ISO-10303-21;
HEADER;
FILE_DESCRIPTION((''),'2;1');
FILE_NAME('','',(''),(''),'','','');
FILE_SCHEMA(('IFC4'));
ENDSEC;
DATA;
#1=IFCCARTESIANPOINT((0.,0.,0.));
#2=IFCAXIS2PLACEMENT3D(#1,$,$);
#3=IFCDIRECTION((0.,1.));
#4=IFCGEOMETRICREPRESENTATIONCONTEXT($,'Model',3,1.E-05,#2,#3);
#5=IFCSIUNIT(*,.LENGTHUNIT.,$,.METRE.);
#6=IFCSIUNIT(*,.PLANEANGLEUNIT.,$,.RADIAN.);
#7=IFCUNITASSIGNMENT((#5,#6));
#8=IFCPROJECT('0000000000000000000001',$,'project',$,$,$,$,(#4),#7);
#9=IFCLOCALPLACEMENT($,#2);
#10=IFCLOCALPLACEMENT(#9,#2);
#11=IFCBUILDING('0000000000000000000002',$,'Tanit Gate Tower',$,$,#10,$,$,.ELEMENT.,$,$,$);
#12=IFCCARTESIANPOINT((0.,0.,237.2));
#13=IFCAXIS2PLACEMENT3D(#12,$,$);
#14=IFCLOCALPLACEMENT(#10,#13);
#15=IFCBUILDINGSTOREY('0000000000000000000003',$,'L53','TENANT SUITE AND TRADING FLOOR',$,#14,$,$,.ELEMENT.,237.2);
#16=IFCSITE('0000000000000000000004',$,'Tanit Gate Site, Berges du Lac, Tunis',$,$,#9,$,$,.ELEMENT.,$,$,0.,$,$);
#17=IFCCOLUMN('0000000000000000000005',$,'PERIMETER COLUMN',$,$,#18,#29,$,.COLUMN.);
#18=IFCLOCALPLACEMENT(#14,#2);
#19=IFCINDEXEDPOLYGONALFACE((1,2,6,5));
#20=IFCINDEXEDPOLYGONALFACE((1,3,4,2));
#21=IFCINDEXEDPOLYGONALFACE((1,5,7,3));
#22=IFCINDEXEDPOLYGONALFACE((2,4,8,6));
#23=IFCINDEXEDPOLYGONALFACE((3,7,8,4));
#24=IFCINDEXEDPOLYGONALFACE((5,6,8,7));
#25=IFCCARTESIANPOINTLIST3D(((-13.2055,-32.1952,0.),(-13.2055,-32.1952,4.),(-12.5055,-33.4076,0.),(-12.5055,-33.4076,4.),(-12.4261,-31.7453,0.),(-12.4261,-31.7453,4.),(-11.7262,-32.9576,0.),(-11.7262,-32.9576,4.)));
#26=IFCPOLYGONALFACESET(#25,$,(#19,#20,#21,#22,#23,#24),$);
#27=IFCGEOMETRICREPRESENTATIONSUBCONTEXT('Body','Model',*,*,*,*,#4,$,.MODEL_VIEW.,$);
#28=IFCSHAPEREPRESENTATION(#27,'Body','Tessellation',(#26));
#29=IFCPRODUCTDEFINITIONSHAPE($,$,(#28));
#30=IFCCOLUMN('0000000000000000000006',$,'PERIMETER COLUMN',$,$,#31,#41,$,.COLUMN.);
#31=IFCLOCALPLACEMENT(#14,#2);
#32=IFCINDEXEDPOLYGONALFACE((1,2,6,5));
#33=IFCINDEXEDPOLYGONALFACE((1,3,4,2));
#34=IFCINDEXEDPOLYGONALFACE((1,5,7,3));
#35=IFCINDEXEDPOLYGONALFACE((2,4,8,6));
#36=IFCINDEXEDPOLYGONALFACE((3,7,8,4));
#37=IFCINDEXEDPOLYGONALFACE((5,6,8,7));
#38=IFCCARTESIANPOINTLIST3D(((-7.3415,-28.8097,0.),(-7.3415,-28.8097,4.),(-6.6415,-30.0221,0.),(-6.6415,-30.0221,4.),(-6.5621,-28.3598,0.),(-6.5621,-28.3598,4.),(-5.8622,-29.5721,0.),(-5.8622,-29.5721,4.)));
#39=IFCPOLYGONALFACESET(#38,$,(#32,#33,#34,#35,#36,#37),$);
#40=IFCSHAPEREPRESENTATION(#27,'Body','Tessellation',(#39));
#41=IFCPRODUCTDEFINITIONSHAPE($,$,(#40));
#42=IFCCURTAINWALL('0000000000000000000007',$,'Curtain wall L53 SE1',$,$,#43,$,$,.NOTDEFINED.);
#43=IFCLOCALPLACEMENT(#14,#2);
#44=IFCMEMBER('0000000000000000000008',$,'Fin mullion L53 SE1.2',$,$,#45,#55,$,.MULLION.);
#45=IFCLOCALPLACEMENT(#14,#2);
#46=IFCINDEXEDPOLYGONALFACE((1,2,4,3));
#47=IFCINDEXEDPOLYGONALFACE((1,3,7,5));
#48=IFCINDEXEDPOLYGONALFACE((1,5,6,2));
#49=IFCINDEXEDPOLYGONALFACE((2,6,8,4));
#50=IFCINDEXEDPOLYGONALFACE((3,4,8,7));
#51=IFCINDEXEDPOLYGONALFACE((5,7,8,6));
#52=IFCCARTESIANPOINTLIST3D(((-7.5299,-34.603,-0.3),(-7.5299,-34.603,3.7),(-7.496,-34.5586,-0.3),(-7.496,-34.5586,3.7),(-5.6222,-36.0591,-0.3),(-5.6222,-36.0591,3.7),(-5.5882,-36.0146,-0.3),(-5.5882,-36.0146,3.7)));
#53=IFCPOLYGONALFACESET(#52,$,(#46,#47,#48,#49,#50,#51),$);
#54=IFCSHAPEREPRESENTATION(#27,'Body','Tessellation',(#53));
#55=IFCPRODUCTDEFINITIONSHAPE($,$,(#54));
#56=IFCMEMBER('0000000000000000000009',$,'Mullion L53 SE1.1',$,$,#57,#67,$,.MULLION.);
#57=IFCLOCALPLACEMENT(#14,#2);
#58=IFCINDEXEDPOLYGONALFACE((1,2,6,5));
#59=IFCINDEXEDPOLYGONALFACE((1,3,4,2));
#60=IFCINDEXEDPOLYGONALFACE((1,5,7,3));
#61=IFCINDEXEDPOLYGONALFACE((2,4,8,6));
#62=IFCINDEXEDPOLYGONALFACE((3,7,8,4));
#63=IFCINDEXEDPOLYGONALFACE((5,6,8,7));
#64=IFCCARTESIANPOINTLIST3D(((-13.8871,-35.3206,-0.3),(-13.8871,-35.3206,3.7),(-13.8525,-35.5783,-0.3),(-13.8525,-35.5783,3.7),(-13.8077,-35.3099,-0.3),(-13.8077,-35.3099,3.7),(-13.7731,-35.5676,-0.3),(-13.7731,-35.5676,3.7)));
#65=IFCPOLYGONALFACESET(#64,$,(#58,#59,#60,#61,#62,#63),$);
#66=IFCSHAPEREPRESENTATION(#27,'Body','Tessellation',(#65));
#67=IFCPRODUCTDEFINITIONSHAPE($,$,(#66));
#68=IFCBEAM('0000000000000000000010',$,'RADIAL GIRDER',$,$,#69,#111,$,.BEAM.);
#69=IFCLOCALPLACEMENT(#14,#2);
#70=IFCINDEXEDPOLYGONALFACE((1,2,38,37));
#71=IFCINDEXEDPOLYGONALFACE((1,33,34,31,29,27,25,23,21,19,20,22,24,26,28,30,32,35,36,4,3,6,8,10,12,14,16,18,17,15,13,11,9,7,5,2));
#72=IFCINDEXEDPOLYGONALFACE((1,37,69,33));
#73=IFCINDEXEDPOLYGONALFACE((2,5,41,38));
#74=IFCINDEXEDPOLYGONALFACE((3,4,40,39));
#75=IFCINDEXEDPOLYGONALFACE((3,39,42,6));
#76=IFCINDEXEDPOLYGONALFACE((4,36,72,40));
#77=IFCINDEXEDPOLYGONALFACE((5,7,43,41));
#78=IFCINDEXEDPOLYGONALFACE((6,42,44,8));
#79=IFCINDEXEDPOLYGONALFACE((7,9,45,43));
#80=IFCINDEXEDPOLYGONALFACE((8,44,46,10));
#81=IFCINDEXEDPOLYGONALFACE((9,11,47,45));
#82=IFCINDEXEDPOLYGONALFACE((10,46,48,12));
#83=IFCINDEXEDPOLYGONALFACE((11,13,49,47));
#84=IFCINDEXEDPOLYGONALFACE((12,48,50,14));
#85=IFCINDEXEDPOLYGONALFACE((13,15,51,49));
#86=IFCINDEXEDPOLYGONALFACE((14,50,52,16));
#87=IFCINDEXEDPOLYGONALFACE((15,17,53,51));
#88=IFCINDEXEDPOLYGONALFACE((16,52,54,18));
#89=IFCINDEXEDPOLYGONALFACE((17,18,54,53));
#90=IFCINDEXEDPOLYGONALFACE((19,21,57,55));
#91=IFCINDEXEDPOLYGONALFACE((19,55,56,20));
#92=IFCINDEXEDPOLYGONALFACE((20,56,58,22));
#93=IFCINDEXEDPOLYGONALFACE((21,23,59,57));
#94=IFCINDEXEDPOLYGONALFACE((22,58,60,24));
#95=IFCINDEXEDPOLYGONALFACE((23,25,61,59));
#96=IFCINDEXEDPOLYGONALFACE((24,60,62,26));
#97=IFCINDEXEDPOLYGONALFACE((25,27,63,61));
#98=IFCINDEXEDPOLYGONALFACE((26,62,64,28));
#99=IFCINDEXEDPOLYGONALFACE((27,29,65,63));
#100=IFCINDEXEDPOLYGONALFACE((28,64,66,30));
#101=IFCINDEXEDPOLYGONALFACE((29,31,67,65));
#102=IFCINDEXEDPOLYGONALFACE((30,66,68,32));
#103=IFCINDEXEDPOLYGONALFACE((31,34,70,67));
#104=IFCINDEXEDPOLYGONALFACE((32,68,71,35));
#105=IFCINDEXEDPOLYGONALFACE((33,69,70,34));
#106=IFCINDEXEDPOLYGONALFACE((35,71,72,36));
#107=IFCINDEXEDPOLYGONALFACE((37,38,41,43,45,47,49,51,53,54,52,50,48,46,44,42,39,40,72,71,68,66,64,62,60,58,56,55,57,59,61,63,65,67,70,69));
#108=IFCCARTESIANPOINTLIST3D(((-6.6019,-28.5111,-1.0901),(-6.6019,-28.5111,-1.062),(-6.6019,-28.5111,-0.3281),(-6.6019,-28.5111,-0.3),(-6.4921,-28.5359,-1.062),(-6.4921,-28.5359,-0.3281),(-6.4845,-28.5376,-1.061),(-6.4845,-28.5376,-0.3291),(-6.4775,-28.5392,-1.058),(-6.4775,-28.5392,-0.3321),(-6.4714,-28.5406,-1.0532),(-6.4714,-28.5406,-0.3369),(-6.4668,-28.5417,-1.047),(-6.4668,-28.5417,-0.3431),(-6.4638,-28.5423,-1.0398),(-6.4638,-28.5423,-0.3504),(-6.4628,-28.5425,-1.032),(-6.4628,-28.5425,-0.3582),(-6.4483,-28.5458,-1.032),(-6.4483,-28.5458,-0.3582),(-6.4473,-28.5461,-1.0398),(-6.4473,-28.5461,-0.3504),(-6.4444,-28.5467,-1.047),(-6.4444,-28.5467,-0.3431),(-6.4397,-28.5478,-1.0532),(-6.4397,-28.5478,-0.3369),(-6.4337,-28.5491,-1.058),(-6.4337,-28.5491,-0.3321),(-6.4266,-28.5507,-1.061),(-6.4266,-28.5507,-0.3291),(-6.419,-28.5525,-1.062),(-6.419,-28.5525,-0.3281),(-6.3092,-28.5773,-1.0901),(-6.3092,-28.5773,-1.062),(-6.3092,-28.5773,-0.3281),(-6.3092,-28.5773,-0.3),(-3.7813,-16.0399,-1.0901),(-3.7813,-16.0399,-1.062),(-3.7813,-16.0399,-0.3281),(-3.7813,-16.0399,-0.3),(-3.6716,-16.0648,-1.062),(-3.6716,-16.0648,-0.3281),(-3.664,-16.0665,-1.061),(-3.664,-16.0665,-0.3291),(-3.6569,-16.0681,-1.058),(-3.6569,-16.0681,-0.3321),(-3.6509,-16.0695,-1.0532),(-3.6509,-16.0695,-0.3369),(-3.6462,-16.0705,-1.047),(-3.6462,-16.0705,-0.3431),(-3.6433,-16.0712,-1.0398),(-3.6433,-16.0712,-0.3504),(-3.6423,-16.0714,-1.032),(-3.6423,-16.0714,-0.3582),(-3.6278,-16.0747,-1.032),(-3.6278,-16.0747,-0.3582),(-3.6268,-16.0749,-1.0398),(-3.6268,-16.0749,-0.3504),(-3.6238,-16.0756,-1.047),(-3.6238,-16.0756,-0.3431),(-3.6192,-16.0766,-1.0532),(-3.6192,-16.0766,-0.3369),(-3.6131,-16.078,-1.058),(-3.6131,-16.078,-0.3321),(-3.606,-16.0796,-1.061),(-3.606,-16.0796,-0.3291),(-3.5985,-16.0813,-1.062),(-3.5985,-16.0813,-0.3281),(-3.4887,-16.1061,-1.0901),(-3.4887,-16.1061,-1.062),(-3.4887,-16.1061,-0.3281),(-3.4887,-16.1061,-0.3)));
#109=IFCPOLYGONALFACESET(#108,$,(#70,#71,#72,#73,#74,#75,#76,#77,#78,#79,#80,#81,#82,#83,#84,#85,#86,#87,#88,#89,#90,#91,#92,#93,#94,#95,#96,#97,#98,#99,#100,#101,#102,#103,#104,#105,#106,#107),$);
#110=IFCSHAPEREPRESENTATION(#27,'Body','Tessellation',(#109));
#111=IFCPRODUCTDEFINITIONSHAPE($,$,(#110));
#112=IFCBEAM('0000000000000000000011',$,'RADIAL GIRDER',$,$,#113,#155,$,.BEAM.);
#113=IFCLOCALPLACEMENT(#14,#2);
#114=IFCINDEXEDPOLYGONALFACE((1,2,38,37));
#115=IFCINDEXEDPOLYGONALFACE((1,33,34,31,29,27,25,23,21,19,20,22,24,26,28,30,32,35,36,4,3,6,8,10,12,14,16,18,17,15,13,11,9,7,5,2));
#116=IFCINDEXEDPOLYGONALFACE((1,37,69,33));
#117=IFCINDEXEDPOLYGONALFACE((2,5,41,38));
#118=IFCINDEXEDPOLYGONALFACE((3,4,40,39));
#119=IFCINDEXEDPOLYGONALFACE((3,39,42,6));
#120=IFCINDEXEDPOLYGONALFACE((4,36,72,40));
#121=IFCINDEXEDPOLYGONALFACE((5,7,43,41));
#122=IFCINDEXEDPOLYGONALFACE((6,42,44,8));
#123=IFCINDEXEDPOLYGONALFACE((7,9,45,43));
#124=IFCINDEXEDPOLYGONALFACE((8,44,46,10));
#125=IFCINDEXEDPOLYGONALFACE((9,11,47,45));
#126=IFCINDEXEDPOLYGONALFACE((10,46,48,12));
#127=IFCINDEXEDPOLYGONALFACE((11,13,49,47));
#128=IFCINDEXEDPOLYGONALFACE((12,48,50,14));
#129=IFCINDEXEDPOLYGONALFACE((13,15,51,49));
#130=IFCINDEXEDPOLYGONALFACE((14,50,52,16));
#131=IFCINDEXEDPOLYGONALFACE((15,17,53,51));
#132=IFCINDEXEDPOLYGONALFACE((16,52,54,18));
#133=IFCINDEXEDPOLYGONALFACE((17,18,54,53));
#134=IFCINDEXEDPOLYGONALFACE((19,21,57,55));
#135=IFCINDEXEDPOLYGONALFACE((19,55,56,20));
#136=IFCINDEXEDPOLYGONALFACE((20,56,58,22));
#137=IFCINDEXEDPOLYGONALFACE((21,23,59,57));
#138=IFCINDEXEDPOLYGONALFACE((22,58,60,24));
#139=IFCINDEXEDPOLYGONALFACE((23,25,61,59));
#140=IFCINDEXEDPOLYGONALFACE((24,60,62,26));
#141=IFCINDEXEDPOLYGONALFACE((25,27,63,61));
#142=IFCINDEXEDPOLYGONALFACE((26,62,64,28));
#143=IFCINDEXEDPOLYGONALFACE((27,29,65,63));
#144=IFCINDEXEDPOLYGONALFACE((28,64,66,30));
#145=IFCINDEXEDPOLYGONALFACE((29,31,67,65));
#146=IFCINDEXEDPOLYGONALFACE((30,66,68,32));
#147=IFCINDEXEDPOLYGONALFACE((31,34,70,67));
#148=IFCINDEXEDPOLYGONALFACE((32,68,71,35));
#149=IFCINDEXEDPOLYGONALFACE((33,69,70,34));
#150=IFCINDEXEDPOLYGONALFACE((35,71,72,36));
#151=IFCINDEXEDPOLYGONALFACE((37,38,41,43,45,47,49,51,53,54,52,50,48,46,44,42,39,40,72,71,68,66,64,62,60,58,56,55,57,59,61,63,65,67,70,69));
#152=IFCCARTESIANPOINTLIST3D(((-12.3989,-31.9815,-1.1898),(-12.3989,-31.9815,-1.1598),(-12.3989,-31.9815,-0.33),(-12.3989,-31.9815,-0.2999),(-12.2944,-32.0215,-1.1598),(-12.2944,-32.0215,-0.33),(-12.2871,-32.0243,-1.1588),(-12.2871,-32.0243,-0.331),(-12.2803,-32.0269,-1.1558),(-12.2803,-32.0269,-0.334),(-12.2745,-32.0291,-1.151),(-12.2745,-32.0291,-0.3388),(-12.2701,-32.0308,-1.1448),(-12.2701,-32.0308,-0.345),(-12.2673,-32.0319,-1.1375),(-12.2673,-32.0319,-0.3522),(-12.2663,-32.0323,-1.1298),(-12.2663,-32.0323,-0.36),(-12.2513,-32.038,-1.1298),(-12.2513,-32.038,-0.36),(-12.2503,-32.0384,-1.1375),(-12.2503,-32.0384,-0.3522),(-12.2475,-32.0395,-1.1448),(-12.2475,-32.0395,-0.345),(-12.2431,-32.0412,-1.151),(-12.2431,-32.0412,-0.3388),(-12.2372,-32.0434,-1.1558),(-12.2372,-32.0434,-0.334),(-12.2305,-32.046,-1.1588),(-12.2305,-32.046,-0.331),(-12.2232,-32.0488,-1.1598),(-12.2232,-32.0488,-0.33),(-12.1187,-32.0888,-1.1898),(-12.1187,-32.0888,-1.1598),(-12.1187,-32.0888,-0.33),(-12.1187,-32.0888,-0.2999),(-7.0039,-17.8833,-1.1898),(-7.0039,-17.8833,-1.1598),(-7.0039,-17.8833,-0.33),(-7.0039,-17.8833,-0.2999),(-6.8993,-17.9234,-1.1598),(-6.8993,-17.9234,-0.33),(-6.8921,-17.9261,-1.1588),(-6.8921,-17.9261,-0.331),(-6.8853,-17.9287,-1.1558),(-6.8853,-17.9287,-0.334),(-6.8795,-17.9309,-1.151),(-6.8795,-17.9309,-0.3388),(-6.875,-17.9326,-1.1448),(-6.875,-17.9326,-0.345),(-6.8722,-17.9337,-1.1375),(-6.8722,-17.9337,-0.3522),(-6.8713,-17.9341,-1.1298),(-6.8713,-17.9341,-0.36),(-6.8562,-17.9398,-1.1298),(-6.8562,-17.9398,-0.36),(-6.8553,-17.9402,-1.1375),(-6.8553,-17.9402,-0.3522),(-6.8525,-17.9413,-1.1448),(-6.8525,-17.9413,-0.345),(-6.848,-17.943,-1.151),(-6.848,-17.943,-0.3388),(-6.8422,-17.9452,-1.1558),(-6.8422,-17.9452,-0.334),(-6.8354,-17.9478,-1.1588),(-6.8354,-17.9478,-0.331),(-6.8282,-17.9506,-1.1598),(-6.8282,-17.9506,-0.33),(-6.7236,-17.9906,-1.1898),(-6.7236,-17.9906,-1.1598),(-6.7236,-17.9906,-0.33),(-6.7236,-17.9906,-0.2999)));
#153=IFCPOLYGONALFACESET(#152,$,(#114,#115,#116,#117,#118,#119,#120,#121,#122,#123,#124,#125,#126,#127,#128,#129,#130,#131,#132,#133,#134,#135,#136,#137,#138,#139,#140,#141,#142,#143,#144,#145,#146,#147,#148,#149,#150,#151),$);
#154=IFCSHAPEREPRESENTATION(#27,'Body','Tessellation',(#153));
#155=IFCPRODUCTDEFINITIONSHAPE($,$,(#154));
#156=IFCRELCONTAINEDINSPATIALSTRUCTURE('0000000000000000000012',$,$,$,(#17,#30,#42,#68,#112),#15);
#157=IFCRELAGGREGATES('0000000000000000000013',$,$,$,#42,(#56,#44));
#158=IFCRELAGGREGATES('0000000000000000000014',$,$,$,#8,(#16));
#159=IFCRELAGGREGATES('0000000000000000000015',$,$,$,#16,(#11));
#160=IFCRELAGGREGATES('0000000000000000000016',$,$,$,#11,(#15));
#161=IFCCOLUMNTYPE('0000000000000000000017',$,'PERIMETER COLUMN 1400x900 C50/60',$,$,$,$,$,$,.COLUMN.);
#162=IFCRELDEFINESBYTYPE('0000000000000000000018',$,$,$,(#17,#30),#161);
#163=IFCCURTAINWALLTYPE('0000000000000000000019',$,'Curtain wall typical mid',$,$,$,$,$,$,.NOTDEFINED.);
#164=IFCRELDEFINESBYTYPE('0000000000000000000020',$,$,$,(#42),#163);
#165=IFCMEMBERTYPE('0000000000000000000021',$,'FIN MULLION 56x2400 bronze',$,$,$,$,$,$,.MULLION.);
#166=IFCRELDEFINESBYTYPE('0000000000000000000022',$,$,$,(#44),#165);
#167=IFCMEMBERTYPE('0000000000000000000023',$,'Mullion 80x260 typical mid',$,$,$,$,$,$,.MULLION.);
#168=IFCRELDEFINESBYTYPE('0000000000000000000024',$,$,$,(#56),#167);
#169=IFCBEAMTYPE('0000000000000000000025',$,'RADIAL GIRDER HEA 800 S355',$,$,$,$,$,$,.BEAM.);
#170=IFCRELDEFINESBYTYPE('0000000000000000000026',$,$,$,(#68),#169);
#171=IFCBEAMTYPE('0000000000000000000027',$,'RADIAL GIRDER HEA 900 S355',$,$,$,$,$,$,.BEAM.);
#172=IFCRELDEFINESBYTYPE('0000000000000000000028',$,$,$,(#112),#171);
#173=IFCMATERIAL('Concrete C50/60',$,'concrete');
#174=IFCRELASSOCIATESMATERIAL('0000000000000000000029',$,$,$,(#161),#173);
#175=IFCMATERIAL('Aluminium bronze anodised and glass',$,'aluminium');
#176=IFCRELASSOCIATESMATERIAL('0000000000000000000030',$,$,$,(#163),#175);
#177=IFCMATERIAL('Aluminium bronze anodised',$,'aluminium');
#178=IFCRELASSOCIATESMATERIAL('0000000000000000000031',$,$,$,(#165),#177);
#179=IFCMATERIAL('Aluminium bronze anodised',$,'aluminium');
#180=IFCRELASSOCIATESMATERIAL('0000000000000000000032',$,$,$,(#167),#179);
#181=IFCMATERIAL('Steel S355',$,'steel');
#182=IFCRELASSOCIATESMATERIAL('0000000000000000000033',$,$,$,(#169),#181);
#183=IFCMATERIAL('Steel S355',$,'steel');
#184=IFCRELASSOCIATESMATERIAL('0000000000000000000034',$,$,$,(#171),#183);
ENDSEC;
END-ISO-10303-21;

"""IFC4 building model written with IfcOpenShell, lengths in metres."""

from ifc_helpers import new_model, si_unit, direction, frame, origin, origin_2d, place, context, subcontext, project, spatial, rectangle, i_section, extrude, material, material_profile, profile_set, type_object, element, aggregate, save


model = new_model("IFC4")

# Units and contexts
model_context = context("Model", 3, precision=1e-05, world=origin(), true_north=direction((0.0, 1.0)))
body_context = subcontext(model_context, "Body", "Model", "MODEL_VIEW")
ifc_project = project(units=[si_unit("LENGTHUNIT", "METRE"), si_unit("PLANEANGLEUNIT", "RADIAN")], contexts=[model_context])

# Site, building, storey
site_placement = place(None, origin())
site = spatial("IfcSite", under=ifc_project, at=site_placement, Name="Tanit Gate Site, Berges du Lac, Tunis", CompositionType="ELEMENT", RefElevation=0.0)
building_placement = place(site_placement, origin())
building = spatial("IfcBuilding", under=site, at=building_placement, Name="Tanit Gate Tower", CompositionType="ELEMENT")
storey_placement = place(building_placement, frame((0.0, 0.0, 237.2)))
storey = spatial("IfcBuildingStorey", under=building, at=storey_placement, Name="L53", Description="TENANT SUITE AND TRADING FLOOR", CompositionType="ELEMENT", Elevation=237.2)

# Columns
ifc_material_1 = material(Name="Concrete C50/60", Category="concrete")
ifc_material_profile_1 = material_profile(ifc_material_1, rectangle(XDim=1.3999, YDim=0.8999, at=origin_2d()), Name="RC 1400x900")
ifc_profile_set_1 = profile_set([ifc_material_profile_1], Name="Concrete C50/60")
column_type = type_object("IfcColumnType", Name="PERIMETER COLUMN 1400x900 C50/60", PredefinedType="COLUMN", material=ifc_profile_set_1)
for number, where, z_axis, x_axis, name in (
    (1, (-12.4658, -32.5764, 0.0), (0.0, 0.0, 1.0), (0.5, -0.866025, 0.0), "PERIMETER COLUMN"),
    (2, (-6.6018, -29.1909, 0.0), (0.0, 0.0, 1.0), (0.5, -0.866025, 0.0), "PERIMETER COLUMN"),
):
    element("IfcColumn", number, at=place(storey_placement, frame(where, z_axis=z_axis, x_axis=x_axis)), inside=storey, type_object=column_type, Name=name, PredefinedType="COLUMN", context=body_context, shape_type="SweptSolid", body=[
        extrude(rectangle(XDim=1.3999, YDim=0.8999, at=origin_2d()), origin(), (0.0, 0.0, 1.0), 4.0),
    ])

# Curtain wall, members
ifc_material_2 = material(Name="Aluminium bronze anodised and glass", Category="aluminium")
curtain_wall_type = type_object("IfcCurtainWallType", Name="Curtain wall typical mid", PredefinedType="NOTDEFINED", material=ifc_material_2)
curtain_wall_placement = place(storey_placement, origin())
curtain_wall = element("IfcCurtainWall", 3, at=curtain_wall_placement, inside=storey, type_object=curtain_wall_type, Name="Curtain wall L53 SE1", PredefinedType="NOTDEFINED")
ifc_material_3 = material(Name="Aluminium bronze anodised", Category="aluminium")
ifc_material_profile_2 = material_profile(ifc_material_3, rectangle(XDim=2.3999, YDim=0.0559, at=origin_2d()), Name="56x2400 bronze fin mullion")
ifc_profile_set_2 = profile_set([ifc_material_profile_2], Name="Aluminium bronze anodised")
member_type_1 = type_object("IfcMemberType", Name="FIN MULLION 56x2400 bronze", PredefinedType="MULLION", material=ifc_profile_set_2)
member_1_placement = place(storey_placement, frame((-6.5591, -35.3088, -0.3), z_axis=(0.0, 0.0, 1.0), x_axis=(-0.794927, 0.606705, 0.0)))
member_1 = element("IfcMember", 4, at=member_1_placement, type_object=member_type_1, Name="Fin mullion L53 SE1.2", PredefinedType="MULLION", context=body_context, shape_type="SweptSolid", body=[
    extrude(rectangle(XDim=2.3999, YDim=0.0559, at=origin_2d()), origin(), (0.0, 0.0, 1.0), 4.0),
])
ifc_material_4 = material(Name="Aluminium bronze anodised", Category="aluminium")
ifc_material_profile_3 = material_profile(ifc_material_4, rectangle(XDim=0.26, YDim=0.0801, at=origin_2d()), Name="80x260 bronze mullion")
ifc_profile_set_3 = profile_set([ifc_material_profile_3], Name="Aluminium bronze anodised")
member_type_2 = type_object("IfcMemberType", Name="Mullion 80x260 typical mid", PredefinedType="MULLION", material=ifc_profile_set_3)
member_2_placement = place(storey_placement, frame((-13.8301, -35.4441, -0.3), z_axis=(0.0, 0.0, 1.0), x_axis=(-0.133092, 0.991104, 0.0)))
member_2 = element("IfcMember", 5, at=member_2_placement, type_object=member_type_2, Name="Mullion L53 SE1.1", PredefinedType="MULLION", context=body_context, shape_type="SweptSolid", body=[
    extrude(rectangle(XDim=0.26, YDim=0.0801, at=origin_2d()), origin(), (0.0, 0.0, 1.0), 4.0),
])

# Beams
ifc_material_5 = material(Name="Steel S355", Category="steel")
ifc_material_profile_4 = material_profile(ifc_material_5, i_section(OverallWidth=0.3, OverallDepth=0.79, WebThickness=0.0149, FlangeThickness=0.0281, FilletRadius=0.03, at=origin_2d()), Name="HEA 800")
ifc_profile_set_4 = profile_set([ifc_material_profile_4], Name="Steel S355")
beam_type_1 = type_object("IfcBeamType", Name="RADIAL GIRDER HEA 800 S355", PredefinedType="BEAM", material=ifc_profile_set_4)
beam_1_placement = place(storey_placement, frame((-6.4556, -28.5442, -0.6951), z_axis=(0.220594, 0.975366, 0.0), x_axis=(-0.975366, 0.220594, 0.0)))
element("IfcBeam", 6, at=beam_1_placement, inside=storey, type_object=beam_type_1, Name="RADIAL GIRDER", PredefinedType="BEAM", context=body_context, shape_type="SweptSolid", body=[
    extrude(i_section(OverallWidth=0.3, OverallDepth=0.79, WebThickness=0.0149, FlangeThickness=0.0281, FilletRadius=0.03, at=origin_2d()), origin(), (0.0, 0.0, 1.0), 12.7861),
])
ifc_material_6 = material(Name="Steel S355", Category="steel")
ifc_material_profile_5 = material_profile(ifc_material_6, i_section(OverallWidth=0.3, OverallDepth=0.8899, WebThickness=0.0161, FlangeThickness=0.03, FilletRadius=0.03, at=origin_2d()), Name="HEA 900")
ifc_profile_set_5 = profile_set([ifc_material_profile_5], Name="Steel S355")
beam_type_2 = type_object("IfcBeamType", Name="RADIAL GIRDER HEA 900 S355", PredefinedType="BEAM", material=ifc_profile_set_5)
beam_2_placement = place(storey_placement, frame((-12.2588, -32.0352, -0.7449), z_axis=(0.357401, 0.933951, 0.0), x_axis=(-0.933951, 0.357401, 0.0)))
element("IfcBeam", 7, at=beam_2_placement, inside=storey, type_object=beam_type_2, Name="RADIAL GIRDER", PredefinedType="BEAM", context=body_context, shape_type="SweptSolid", body=[
    extrude(i_section(OverallWidth=0.3, OverallDepth=0.8899, WebThickness=0.0161, FlangeThickness=0.03, FilletRadius=0.03, at=origin_2d()), origin(), (0.0, 0.0, 1.0), 15.0952),
])

aggregate(curtain_wall, [member_2, member_1])

save(model, "model.ifc")
